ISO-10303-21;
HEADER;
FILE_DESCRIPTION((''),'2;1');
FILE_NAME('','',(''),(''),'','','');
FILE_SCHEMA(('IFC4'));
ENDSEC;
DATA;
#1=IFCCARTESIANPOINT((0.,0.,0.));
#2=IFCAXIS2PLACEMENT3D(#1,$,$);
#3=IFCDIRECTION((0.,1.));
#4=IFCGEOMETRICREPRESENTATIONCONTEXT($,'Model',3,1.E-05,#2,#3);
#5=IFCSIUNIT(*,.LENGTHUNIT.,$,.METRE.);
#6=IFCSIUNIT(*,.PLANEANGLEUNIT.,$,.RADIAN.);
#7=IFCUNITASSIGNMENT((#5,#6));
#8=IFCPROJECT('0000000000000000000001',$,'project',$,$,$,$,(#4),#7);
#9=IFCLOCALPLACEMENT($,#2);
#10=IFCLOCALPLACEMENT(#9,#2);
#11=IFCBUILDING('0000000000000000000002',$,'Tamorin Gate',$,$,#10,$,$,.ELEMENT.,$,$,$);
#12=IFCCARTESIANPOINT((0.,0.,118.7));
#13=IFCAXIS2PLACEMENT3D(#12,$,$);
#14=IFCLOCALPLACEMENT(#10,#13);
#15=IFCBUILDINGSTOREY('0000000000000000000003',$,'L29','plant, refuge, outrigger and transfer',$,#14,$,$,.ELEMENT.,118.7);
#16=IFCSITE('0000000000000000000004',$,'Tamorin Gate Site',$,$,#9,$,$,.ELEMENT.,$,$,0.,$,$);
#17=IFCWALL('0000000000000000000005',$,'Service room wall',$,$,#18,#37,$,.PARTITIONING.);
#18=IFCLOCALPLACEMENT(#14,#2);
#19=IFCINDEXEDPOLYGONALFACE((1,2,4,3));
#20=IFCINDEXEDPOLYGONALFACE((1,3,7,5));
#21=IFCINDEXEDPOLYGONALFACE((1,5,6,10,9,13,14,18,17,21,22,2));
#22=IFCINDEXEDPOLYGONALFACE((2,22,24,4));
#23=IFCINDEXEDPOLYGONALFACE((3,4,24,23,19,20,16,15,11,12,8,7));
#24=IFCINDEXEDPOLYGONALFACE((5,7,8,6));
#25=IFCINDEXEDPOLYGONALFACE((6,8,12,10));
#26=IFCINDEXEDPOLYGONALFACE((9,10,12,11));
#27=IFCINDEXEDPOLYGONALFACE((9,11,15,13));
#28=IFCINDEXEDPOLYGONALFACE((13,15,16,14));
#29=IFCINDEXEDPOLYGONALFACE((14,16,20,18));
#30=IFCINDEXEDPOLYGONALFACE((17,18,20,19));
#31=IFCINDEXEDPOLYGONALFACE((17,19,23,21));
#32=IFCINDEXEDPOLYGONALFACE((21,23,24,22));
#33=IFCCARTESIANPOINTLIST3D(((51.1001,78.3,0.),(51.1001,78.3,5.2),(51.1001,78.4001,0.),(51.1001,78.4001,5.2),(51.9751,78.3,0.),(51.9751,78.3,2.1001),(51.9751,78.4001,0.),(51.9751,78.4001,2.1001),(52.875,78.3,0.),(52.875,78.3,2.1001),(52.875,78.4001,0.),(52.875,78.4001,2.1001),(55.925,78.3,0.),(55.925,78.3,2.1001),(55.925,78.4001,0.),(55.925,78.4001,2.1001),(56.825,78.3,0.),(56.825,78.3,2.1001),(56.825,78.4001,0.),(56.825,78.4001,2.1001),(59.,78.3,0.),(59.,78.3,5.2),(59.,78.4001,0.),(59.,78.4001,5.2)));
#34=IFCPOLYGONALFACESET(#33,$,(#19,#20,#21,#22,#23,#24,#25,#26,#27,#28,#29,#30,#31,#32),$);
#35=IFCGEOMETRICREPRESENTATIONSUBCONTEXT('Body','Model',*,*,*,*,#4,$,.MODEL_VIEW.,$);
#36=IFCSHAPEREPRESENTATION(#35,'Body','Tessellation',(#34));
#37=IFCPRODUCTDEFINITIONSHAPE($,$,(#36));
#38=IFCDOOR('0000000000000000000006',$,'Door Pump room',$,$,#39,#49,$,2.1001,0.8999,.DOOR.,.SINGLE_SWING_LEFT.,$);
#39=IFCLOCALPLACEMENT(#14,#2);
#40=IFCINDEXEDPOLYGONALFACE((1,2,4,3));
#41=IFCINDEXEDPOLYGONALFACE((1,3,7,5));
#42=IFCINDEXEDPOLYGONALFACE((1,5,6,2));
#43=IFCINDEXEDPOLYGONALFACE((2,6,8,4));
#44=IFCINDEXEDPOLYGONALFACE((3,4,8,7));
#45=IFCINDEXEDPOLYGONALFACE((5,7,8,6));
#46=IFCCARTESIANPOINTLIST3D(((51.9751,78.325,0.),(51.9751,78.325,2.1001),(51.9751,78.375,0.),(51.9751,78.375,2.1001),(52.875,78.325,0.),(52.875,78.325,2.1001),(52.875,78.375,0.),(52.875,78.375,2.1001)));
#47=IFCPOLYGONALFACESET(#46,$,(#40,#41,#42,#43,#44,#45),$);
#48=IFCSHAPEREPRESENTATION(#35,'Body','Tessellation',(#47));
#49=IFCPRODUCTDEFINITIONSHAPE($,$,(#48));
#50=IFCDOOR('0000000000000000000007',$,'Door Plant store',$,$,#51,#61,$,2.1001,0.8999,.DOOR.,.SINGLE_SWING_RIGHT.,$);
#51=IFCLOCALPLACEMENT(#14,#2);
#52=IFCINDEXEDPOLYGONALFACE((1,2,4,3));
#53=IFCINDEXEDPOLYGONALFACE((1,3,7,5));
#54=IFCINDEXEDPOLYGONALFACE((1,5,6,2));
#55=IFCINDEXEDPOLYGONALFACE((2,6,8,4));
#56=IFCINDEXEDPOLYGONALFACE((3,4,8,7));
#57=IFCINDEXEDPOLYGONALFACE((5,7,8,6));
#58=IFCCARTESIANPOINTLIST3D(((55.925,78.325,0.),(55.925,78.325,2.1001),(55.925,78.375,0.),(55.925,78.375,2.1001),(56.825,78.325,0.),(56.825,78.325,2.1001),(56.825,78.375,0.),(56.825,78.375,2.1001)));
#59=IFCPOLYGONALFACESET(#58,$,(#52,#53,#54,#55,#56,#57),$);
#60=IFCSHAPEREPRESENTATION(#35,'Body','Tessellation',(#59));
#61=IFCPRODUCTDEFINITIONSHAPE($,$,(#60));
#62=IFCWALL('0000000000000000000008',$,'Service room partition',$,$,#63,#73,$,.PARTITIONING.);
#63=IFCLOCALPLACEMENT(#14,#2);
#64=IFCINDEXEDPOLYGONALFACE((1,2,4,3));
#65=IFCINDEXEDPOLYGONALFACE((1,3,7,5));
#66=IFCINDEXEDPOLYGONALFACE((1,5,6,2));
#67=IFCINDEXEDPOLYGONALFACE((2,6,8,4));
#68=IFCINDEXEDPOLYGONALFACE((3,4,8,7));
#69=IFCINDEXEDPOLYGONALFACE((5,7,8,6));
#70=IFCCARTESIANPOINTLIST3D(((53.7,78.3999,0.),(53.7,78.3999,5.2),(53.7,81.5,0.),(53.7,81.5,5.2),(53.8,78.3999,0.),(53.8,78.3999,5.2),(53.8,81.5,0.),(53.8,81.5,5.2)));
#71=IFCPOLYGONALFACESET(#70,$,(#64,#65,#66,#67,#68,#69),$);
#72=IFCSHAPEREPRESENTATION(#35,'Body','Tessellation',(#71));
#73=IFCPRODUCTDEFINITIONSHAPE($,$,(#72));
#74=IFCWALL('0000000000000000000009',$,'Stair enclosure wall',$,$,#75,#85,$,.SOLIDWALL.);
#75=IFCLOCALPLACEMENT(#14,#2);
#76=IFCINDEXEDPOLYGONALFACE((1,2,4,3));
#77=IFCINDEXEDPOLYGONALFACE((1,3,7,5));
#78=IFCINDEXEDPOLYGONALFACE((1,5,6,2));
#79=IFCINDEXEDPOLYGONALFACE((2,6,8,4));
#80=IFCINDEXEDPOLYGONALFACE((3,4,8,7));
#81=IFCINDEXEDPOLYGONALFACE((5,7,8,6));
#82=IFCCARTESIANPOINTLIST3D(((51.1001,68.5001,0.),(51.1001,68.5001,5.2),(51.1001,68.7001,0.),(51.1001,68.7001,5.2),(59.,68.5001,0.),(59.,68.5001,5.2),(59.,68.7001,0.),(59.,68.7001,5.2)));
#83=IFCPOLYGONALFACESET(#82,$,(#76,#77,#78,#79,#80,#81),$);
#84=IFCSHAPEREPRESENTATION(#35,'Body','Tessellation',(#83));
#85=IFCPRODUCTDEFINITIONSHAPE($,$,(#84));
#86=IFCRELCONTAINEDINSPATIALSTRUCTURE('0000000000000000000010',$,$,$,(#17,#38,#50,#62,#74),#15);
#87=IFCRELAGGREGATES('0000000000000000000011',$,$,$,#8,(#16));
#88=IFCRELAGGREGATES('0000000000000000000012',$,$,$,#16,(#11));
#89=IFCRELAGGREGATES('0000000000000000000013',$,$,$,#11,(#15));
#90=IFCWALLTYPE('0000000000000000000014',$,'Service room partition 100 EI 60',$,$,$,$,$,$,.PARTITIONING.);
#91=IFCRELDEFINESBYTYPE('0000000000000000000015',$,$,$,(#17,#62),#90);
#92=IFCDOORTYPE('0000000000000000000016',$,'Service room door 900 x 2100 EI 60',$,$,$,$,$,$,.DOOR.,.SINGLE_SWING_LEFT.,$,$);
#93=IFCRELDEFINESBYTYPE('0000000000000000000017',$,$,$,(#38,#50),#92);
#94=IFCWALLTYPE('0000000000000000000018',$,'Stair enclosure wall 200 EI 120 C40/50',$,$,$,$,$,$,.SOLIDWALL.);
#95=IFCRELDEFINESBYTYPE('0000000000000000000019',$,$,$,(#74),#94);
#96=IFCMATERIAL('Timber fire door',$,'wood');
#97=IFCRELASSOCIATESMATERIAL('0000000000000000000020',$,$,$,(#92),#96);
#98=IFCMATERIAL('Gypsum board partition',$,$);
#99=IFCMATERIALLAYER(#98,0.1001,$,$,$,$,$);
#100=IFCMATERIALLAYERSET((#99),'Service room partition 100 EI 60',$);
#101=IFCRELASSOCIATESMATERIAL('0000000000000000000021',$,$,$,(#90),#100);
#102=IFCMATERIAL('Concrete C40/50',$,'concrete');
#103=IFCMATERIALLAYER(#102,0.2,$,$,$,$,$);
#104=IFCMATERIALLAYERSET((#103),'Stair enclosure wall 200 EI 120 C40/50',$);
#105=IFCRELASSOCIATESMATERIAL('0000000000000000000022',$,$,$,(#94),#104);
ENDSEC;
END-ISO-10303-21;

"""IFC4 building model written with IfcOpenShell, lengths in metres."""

from ifc_helpers import new_model, si_unit, direction, frame, frame_2d, origin, place, context, subcontext, project, spatial, rectangle, extrude, material, layer, layer_set, type_object, element, fill, save


model = new_model("IFC4")

# Units and contexts
model_context = context("Model", 3, precision=1e-05, world=origin(), true_north=direction((0.0, 1.0)))
body_context = subcontext(model_context, "Body", "Model", "MODEL_VIEW")
ifc_project = project(units=[si_unit("LENGTHUNIT", "METRE"), si_unit("PLANEANGLEUNIT", "RADIAN")], contexts=[model_context])

# Site, building, storey
site_placement = place(None, origin())
site = spatial("IfcSite", under=ifc_project, at=site_placement, Name="Tamorin Gate Site", CompositionType="ELEMENT", RefElevation=0.0)
building_placement = place(site_placement, origin())
building = spatial("IfcBuilding", under=site, at=building_placement, Name="Tamorin Gate", CompositionType="ELEMENT")
storey_placement = place(building_placement, frame((0.0, 0.0, 118.7)))
storey = spatial("IfcBuildingStorey", under=building, at=storey_placement, Name="L29", Description="plant, refuge, outrigger and transfer", CompositionType="ELEMENT", Elevation=118.7)

# Shared definitions
ifc_material_1 = material(Name="Concrete C40/50", Category="concrete")

# Shared definitions
ifc_material_2 = material(Name="Gypsum board partition")

# Shared definitions
ifc_material_3 = material(Name="Timber fire door", Category="wood")
door_type_1 = type_object("IfcDoorType", Name="Service room door 900 x 2100 EI 60", OperationType="SINGLE_SWING_LEFT", PredefinedType="DOOR", material=ifc_material_3)
ifc_layer_1 = layer(ifc_material_2, 0.1001)
ifc_layer_set_1 = layer_set([ifc_layer_1], Name="Service room partition 100 EI 60")
wall_type_1 = type_object("IfcWallType", Name="Service room partition 100 EI 60", PredefinedType="PARTITIONING", material=ifc_layer_set_1)

# Wall, openings, doors
wall_1_placement = place(storey_placement, frame((51.1001, 78.3501, 0.0), z_axis=(0.0, 0.0, 1.0), x_axis=(1.0, 0.0, 0.0)))
wall_1 = element("IfcWall", 1, at=wall_1_placement, inside=storey, type_object=wall_type_1, Name="Service room wall", PredefinedType="PARTITIONING", context=body_context, shape_type="SweptSolid", body=[
    extrude(rectangle(XDim=7.8999, YDim=0.1001, at=frame_2d((3.95, 0.0))), origin(), (0.0, 0.0, 1.0), 5.2),
])
opening_1_placement = place(wall_1_placement, frame((0.875, 0.0, 0.0)))
opening_1 = element("IfcOpeningElement", 2, at=opening_1_placement, cuts=wall_1, PredefinedType="OPENING", context=body_context, shape_type="SweptSolid", body=[
    extrude(rectangle(XDim=0.8999, YDim=2.1001, at=frame_2d((0.45, 1.05))), frame((0.0, 0.0601, 0.0), z_axis=(0.0, -1.0, 0.0), x_axis=(1.0, 0.0, 0.0)), (0.0, 0.0, 1.0), 0.1201),
])
opening_2_placement = place(wall_1_placement, frame((4.825, 0.0, 0.0)))
opening_2 = element("IfcOpeningElement", 3, at=opening_2_placement, cuts=wall_1, PredefinedType="OPENING", context=body_context, shape_type="SweptSolid", body=[
    extrude(rectangle(XDim=0.8999, YDim=2.1001, at=frame_2d((0.45, 1.05))), frame((0.0, 0.0601, 0.0), z_axis=(0.0, -1.0, 0.0), x_axis=(1.0, 0.0, 0.0)), (0.0, 0.0, 1.0), 0.1201),
])
door_1_placement = place(opening_1_placement, origin())
door_1 = element("IfcDoor", 4, at=door_1_placement, inside=storey, type_object=door_type_1, Name="Door Pump room", OperationType="SINGLE_SWING_LEFT", OverallHeight=2.1001, OverallWidth=0.8999, PredefinedType="DOOR", context=body_context, shape_type="SweptSolid", body=[
    extrude(rectangle(XDim=0.8999, YDim=2.1001, at=frame_2d((0.45, 1.05))), frame((0.0, 0.0249, 0.0), z_axis=(0.0, -1.0, 0.0), x_axis=(1.0, 0.0, 0.0)), (0.0, 0.0, 1.0), 0.05),
])
fill(opening_1, door_1)
door_2_placement = place(opening_2_placement, origin())
door_2 = element("IfcDoor", 5, at=door_2_placement, inside=storey, type_object=door_type_1, Name="Door Plant store", OperationType="SINGLE_SWING_RIGHT", OverallHeight=2.1001, OverallWidth=0.8999, PredefinedType="DOOR", context=body_context, shape_type="SweptSolid", body=[
    extrude(rectangle(XDim=0.8999, YDim=2.1001, at=frame_2d((0.45, 1.05))), frame((0.0, 0.0249, 0.0), z_axis=(0.0, -1.0, 0.0), x_axis=(1.0, 0.0, 0.0)), (0.0, 0.0, 1.0), 0.05),
])
fill(opening_2, door_2)

# Walls
wall_2_placement = place(storey_placement, frame((53.75, 78.3999, 0.0), z_axis=(0.0, 0.0, 1.0), x_axis=(0.0, 1.0, 0.0)))
element("IfcWall", 6, at=wall_2_placement, inside=storey, type_object=wall_type_1, Name="Service room partition", PredefinedType="PARTITIONING", context=body_context, shape_type="SweptSolid", body=[
    extrude(rectangle(XDim=3.1001, YDim=0.1001, at=frame_2d((1.55, 0.0))), origin(), (0.0, 0.0, 1.0), 5.2),
])
ifc_layer_2 = layer(ifc_material_1, 0.2)
ifc_layer_set_2 = layer_set([ifc_layer_2], Name="Stair enclosure wall 200 EI 120 C40/50")
wall_type_2 = type_object("IfcWallType", Name="Stair enclosure wall 200 EI 120 C40/50", PredefinedType="SOLIDWALL", material=ifc_layer_set_2)
wall_3_placement = place(storey_placement, frame((51.1001, 68.6001, 0.0), z_axis=(0.0, 0.0, 1.0), x_axis=(1.0, 0.0, 0.0)))
element("IfcWall", 7, at=wall_3_placement, inside=storey, type_object=wall_type_2, Name="Stair enclosure wall", PredefinedType="SOLIDWALL", context=body_context, shape_type="SweptSolid", body=[
    extrude(rectangle(XDim=7.8999, YDim=0.2, at=frame_2d((3.95, 0.0))), origin(), (0.0, 0.0, 1.0), 5.2),
])

save(model, "model.ifc")
